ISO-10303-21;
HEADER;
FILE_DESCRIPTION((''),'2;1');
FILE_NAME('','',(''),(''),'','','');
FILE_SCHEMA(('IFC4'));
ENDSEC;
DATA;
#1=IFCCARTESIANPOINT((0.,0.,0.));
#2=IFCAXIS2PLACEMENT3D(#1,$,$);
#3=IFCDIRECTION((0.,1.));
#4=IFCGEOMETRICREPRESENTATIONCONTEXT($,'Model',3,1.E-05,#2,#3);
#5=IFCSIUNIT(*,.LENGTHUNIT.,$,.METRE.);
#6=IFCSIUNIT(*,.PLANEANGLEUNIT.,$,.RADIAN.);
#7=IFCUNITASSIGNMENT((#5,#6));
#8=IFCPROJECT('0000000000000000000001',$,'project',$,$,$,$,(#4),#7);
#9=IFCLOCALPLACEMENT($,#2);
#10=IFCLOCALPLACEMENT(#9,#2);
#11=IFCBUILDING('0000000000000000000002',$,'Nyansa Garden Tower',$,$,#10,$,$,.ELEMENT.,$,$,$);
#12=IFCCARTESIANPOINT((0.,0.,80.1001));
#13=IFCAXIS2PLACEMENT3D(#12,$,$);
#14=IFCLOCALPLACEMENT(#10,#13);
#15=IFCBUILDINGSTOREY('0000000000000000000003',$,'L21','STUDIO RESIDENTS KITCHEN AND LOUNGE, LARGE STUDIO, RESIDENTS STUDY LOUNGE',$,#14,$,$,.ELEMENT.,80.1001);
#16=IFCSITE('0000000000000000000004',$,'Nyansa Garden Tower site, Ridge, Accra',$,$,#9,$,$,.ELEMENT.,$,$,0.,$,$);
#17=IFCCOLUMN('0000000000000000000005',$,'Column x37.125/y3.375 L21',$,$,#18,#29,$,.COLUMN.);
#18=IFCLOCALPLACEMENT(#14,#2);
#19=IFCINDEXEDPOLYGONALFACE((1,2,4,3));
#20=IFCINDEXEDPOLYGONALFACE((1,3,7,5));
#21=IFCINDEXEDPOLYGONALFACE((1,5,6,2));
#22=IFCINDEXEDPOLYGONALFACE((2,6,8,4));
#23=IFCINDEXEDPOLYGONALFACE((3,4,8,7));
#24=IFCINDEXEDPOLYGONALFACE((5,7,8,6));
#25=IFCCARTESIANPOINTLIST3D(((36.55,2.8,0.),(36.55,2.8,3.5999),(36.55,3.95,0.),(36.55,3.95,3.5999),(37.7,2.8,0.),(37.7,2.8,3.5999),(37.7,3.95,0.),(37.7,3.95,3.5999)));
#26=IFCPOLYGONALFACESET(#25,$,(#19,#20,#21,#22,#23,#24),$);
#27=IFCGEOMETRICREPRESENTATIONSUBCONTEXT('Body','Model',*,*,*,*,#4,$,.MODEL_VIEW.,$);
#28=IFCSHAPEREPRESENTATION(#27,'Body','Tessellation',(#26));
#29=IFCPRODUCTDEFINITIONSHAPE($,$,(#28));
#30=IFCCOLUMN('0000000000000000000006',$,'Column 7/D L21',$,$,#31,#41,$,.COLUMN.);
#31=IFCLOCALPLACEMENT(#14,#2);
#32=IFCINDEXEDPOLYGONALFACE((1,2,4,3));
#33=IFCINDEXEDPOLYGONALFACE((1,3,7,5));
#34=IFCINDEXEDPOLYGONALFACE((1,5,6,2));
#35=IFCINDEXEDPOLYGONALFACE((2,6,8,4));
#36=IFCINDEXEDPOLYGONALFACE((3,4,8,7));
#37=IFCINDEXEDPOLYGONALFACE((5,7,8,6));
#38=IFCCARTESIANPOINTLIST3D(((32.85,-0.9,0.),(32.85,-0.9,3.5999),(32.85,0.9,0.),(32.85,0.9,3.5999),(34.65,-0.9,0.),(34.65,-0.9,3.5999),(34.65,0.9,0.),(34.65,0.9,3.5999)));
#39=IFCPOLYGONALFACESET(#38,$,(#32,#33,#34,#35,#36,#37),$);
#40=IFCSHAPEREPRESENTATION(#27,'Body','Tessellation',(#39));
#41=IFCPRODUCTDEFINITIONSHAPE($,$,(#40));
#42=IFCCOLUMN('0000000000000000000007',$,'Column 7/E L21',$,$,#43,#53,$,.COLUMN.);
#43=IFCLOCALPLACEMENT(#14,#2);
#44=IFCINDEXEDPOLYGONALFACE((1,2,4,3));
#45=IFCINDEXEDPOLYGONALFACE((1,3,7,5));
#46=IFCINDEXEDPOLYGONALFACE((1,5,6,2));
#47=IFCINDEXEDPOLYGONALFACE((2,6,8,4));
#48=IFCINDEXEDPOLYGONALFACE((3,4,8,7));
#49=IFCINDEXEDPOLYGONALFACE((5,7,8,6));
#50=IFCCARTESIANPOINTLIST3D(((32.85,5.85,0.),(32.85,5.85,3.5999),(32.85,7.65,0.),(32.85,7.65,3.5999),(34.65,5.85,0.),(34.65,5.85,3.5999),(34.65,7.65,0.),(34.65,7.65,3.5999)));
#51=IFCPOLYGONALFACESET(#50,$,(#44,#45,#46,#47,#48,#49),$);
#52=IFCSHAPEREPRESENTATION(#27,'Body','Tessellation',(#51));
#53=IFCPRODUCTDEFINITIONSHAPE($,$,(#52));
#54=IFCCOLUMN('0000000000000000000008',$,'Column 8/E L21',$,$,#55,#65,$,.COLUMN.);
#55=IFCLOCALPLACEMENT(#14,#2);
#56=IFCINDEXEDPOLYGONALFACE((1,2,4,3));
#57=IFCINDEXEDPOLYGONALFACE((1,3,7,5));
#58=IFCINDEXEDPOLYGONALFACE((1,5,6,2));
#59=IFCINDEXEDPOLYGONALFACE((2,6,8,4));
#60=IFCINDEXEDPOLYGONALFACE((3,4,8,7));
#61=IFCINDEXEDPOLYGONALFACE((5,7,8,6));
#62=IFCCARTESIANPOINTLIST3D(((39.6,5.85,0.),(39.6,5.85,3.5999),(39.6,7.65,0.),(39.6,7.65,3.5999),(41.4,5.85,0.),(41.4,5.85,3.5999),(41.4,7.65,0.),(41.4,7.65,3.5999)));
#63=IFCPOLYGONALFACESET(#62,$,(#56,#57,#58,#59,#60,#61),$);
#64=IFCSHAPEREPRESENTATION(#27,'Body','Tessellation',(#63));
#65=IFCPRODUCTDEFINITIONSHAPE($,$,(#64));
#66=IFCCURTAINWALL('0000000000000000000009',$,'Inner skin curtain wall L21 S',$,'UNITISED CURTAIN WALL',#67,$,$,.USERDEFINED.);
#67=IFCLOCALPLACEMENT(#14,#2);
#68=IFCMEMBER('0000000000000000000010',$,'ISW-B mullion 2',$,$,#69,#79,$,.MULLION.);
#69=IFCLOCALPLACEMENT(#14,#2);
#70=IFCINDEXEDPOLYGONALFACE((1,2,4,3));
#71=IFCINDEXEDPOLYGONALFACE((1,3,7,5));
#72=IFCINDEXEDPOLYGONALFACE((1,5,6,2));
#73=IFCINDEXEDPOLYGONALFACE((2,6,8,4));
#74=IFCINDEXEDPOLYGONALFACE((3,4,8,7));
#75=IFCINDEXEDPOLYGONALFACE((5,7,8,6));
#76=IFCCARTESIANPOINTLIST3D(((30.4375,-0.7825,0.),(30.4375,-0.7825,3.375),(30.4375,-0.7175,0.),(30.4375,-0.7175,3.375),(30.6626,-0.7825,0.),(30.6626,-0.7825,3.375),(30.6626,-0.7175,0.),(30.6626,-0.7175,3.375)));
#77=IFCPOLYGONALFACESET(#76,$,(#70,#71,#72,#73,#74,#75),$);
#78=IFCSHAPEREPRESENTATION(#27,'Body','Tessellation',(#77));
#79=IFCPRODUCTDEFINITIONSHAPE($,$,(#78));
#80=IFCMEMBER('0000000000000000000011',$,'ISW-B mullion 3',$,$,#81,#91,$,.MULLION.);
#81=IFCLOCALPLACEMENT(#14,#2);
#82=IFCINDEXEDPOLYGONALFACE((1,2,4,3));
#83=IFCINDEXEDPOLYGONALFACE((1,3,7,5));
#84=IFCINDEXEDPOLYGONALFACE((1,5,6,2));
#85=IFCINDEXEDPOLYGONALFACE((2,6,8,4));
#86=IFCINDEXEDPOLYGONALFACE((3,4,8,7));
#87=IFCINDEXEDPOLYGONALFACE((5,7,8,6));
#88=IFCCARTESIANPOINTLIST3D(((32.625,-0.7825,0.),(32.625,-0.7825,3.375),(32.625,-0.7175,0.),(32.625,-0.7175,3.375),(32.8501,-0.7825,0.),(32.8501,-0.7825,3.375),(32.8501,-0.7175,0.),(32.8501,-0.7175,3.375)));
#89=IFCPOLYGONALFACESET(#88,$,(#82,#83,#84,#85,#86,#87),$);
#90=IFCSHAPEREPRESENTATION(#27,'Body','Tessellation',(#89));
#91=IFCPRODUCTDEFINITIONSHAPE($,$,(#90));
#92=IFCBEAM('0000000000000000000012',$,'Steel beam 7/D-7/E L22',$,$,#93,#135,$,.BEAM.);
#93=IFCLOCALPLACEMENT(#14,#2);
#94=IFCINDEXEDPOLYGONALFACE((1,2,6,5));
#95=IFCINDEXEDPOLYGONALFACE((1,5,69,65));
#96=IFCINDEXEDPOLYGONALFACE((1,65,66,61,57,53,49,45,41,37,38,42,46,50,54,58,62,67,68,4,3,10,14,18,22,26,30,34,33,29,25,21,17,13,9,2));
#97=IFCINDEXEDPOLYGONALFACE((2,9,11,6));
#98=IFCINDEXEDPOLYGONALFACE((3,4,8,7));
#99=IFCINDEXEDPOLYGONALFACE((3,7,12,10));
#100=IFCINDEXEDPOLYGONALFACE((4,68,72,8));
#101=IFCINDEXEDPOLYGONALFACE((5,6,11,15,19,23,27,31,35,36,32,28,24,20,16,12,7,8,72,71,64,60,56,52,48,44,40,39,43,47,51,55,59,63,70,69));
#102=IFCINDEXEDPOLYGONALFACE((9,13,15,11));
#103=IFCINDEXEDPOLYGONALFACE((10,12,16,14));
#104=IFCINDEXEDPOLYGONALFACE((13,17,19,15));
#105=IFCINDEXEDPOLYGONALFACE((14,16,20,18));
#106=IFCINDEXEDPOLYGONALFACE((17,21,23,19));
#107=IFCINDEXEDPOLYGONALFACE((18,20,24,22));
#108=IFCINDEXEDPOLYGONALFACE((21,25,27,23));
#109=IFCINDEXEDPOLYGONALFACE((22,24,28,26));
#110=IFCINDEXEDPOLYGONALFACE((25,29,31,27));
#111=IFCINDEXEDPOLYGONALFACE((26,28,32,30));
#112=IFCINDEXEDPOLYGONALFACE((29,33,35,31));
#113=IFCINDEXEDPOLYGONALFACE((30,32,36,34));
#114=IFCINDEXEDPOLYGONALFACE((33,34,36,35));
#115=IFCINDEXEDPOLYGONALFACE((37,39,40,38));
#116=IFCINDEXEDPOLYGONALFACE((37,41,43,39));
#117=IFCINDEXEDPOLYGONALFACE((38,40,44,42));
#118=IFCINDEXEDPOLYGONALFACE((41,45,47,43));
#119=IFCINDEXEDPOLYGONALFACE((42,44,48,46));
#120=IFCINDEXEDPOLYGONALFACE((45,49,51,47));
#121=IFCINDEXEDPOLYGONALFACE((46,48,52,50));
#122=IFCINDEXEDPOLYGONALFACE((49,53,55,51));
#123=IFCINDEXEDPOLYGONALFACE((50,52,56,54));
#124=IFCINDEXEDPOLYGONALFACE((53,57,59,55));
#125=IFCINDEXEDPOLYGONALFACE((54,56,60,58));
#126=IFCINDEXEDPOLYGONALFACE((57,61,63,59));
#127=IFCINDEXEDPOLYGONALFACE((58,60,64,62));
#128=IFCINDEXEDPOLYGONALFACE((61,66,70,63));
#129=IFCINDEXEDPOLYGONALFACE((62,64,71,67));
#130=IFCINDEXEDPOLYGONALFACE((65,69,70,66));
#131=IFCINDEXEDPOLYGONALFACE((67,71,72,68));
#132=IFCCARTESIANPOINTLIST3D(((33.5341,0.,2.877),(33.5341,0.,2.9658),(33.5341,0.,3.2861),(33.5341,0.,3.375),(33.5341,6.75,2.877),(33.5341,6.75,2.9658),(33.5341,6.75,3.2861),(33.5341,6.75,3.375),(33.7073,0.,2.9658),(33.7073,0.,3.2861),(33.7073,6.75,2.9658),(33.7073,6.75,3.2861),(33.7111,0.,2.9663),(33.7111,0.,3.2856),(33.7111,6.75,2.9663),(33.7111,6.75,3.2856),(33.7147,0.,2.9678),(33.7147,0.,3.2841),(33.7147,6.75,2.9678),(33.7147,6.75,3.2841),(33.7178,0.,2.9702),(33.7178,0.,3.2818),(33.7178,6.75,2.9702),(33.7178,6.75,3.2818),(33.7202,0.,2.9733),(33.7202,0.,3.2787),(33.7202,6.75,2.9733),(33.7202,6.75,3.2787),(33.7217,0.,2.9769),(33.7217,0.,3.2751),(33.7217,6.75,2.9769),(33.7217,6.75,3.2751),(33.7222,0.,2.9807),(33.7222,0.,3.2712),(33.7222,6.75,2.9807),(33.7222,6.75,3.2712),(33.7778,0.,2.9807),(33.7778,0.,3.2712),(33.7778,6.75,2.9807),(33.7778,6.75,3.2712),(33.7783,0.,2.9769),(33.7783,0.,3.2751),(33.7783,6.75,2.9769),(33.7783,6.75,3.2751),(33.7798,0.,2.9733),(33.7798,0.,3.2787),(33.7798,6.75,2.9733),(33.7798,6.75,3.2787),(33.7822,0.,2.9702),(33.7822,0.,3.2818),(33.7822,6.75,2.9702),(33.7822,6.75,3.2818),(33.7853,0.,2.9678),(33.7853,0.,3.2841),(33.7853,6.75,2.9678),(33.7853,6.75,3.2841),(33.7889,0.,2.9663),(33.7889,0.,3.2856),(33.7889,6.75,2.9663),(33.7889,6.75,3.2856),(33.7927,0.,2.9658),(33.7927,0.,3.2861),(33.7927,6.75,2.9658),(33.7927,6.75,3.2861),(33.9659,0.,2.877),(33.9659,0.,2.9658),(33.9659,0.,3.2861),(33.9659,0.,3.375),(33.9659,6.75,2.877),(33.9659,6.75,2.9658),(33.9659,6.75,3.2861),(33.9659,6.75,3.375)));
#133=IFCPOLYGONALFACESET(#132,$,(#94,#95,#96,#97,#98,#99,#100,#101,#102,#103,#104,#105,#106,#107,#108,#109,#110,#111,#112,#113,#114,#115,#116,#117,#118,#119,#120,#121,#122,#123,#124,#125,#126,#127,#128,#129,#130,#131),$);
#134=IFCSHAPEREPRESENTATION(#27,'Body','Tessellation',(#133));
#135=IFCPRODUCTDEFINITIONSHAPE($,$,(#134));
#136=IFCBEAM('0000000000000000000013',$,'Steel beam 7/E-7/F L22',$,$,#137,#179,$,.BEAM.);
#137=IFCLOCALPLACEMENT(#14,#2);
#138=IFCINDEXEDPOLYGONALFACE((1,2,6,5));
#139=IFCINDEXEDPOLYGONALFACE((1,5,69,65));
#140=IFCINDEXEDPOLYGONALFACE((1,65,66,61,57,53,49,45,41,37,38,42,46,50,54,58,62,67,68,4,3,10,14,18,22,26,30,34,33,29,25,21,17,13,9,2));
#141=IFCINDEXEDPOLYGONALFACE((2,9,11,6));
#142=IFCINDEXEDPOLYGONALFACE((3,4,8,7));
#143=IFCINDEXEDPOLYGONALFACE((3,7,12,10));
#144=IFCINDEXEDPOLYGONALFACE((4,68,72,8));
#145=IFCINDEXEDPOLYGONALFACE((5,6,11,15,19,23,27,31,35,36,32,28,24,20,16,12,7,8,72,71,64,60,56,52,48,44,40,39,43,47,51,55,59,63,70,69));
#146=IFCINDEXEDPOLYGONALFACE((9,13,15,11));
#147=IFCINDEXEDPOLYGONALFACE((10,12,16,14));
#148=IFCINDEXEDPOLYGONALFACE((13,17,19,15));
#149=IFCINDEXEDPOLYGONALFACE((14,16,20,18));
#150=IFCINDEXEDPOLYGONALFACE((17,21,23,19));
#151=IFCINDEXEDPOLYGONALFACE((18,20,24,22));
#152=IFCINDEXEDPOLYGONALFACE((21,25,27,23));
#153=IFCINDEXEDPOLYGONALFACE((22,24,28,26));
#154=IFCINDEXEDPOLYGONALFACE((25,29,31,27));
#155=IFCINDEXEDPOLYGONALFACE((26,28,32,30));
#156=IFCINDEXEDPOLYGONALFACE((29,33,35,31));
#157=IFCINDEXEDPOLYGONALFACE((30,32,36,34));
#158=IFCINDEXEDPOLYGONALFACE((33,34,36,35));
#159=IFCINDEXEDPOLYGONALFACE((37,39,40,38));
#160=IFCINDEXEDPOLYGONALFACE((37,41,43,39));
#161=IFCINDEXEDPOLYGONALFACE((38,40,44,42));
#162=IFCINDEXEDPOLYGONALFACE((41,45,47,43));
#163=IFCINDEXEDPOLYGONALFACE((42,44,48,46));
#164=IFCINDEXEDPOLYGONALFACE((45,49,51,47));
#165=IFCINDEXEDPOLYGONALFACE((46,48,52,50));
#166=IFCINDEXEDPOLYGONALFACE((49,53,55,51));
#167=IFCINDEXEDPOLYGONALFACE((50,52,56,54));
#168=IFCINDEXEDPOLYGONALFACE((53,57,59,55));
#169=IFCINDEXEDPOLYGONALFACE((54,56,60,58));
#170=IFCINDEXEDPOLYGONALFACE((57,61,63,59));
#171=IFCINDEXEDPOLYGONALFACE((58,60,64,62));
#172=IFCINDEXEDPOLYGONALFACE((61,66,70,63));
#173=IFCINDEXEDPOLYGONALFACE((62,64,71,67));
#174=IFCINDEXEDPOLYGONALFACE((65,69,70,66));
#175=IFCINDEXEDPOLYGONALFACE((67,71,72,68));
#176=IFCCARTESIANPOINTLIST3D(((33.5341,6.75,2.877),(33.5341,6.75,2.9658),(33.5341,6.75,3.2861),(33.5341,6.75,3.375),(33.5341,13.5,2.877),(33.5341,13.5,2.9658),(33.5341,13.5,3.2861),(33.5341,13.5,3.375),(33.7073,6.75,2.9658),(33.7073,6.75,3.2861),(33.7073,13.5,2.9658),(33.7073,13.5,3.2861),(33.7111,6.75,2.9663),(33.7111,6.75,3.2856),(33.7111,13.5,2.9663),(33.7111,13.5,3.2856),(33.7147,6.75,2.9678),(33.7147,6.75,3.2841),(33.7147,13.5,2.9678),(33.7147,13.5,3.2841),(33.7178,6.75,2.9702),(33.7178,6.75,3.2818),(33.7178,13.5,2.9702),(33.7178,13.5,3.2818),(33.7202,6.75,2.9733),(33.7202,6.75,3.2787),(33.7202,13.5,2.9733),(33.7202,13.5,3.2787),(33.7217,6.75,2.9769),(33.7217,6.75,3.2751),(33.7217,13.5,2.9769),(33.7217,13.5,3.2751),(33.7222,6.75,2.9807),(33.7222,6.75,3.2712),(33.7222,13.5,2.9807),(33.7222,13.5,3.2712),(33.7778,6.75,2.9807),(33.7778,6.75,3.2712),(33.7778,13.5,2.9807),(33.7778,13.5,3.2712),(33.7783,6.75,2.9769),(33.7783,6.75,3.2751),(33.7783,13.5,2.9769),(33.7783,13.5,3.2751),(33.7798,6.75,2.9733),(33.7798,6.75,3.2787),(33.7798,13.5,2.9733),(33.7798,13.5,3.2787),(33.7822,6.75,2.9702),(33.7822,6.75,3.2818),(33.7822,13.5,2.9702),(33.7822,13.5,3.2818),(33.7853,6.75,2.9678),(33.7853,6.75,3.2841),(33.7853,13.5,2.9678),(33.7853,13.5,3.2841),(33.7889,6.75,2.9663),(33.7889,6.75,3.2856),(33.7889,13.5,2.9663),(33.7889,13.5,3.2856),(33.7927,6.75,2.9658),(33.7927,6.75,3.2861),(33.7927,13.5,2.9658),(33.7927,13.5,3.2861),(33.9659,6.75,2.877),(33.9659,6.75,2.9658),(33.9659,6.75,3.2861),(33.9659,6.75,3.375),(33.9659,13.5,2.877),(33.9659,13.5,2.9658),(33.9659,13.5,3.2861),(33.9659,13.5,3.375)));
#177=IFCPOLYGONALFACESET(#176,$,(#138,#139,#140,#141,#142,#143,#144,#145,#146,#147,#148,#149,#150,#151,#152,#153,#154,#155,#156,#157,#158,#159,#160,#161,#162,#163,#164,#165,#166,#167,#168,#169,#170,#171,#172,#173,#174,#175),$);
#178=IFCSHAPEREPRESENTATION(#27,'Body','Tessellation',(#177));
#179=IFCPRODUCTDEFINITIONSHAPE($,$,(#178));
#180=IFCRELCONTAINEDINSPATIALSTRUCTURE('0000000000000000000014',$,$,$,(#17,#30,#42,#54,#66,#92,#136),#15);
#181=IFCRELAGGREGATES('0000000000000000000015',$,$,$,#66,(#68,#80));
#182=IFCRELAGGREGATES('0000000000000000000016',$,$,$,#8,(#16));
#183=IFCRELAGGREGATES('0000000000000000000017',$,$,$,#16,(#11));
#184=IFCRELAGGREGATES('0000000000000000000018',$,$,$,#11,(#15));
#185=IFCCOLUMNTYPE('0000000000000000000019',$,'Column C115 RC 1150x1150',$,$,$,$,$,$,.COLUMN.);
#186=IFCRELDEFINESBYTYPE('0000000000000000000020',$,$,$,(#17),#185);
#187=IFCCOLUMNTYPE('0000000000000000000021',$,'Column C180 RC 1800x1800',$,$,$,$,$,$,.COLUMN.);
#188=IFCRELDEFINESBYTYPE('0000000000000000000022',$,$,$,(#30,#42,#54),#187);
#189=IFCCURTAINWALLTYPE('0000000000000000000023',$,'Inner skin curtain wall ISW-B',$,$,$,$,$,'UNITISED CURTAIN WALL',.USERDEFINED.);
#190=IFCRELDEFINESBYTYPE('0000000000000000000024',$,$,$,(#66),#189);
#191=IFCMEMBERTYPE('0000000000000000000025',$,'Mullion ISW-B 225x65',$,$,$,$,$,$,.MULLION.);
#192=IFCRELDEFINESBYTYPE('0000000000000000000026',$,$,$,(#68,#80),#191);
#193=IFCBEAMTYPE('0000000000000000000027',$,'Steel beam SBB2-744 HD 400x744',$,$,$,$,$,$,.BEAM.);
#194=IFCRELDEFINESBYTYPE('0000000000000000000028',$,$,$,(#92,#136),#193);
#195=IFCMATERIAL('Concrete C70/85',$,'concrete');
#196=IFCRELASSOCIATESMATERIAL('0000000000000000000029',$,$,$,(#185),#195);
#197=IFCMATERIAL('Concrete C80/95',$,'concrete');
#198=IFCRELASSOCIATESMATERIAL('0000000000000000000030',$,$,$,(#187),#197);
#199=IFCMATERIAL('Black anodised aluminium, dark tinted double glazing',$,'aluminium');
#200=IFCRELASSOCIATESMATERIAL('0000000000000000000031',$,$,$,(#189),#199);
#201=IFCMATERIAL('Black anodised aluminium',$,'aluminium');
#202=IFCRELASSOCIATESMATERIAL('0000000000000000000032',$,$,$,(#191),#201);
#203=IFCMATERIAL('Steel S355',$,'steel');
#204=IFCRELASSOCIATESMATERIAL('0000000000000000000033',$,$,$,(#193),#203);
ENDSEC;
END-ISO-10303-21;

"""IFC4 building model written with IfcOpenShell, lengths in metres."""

from ifc_helpers import new_model, si_unit, direction, frame, origin, origin_2d, place, context, subcontext, project, spatial, rectangle, i_section, extrude, material, material_profile, profile_set, type_object, element, aggregate, save


model = new_model("IFC4")

# Units and contexts
model_context = context("Model", 3, precision=1e-05, world=origin(), true_north=direction((0.0, 1.0)))
body_context = subcontext(model_context, "Body", "Model", "MODEL_VIEW")
ifc_project = project(units=[si_unit("LENGTHUNIT", "METRE"), si_unit("PLANEANGLEUNIT", "RADIAN")], contexts=[model_context])

# Site, building, storey
site_placement = place(None, origin())
site = spatial("IfcSite", under=ifc_project, at=site_placement, Name="Nyansa Garden Tower site, Ridge, Accra", CompositionType="ELEMENT", RefElevation=0.0)
building_placement = place(site_placement, origin())
building = spatial("IfcBuilding", under=site, at=building_placement, Name="Nyansa Garden Tower", CompositionType="ELEMENT")
storey_placement = place(building_placement, frame((0.0, 0.0, 80.1001)))
storey = spatial("IfcBuildingStorey", under=building, at=storey_placement, Name="L21", Description="STUDIO RESIDENTS KITCHEN AND LOUNGE, LARGE STUDIO, RESIDENTS STUDY LOUNGE", CompositionType="ELEMENT", Elevation=80.1001)

# Columns
ifc_material_1 = material(Name="Concrete C70/85", Category="concrete")
ifc_material_profile_1 = material_profile(ifc_material_1, rectangle(XDim=1.1499, YDim=1.1499, at=origin_2d()), Name="RC 1150x1150")
ifc_profile_set_1 = profile_set([ifc_material_profile_1], Name="Concrete C70/85")
column_type_1 = type_object("IfcColumnType", Name="Column C115 RC 1150x1150", PredefinedType="COLUMN", material=ifc_profile_set_1)
column_placement = place(storey_placement, frame((37.125, 3.375, 0.0), z_axis=(0.0, 0.0, 1.0), x_axis=(1.0, 0.0, 0.0)))
element("IfcColumn", 1, at=column_placement, inside=storey, type_object=column_type_1, Name="Column x37.125/y3.375 L21", PredefinedType="COLUMN", context=body_context, shape_type="SweptSolid", body=[
    extrude(rectangle(XDim=1.1499, YDim=1.1499, at=origin_2d()), origin(), (0.0, 0.0, 1.0), 3.5999),
])
ifc_material_2 = material(Name="Concrete C80/95", Category="concrete")
ifc_material_profile_2 = material_profile(ifc_material_2, rectangle(XDim=1.8, YDim=1.8, at=origin_2d()), Name="RC 1800x1800")
ifc_profile_set_2 = profile_set([ifc_material_profile_2], Name="Concrete C80/95")
column_type_2 = type_object("IfcColumnType", Name="Column C180 RC 1800x1800", PredefinedType="COLUMN", material=ifc_profile_set_2)
for number, where, z_axis, x_axis, name in (
    (2, (33.75, 0.0, 0.0), (0.0, 0.0, 1.0), (1.0, 0.0, 0.0), "Column 7/D L21"),
    (3, (33.75, 6.75, 0.0), (0.0, 0.0, 1.0), (1.0, 0.0, 0.0), "Column 7/E L21"),
    (4, (40.5, 6.75, 0.0), (0.0, 0.0, 1.0), (1.0, 0.0, 0.0), "Column 8/E L21"),
):
    element("IfcColumn", number, at=place(storey_placement, frame(where, z_axis=z_axis, x_axis=x_axis)), inside=storey, type_object=column_type_2, Name=name, PredefinedType="COLUMN", context=body_context, shape_type="SweptSolid", body=[
        extrude(rectangle(XDim=1.8, YDim=1.8, at=origin_2d()), origin(), (0.0, 0.0, 1.0), 3.5999),
    ])

# Curtain wall, members
ifc_material_3 = material(Name="Black anodised aluminium, dark tinted double glazing", Category="aluminium")
curtain_wall_type = type_object("IfcCurtainWallType", Name="Inner skin curtain wall ISW-B", ElementType="UNITISED CURTAIN WALL", PredefinedType="USERDEFINED", material=ifc_material_3)
curtain_wall_placement = place(storey_placement, origin())
curtain_wall = element("IfcCurtainWall", 5, at=curtain_wall_placement, inside=storey, type_object=curtain_wall_type, Name="Inner skin curtain wall L21 S", ObjectType="UNITISED CURTAIN WALL", PredefinedType="USERDEFINED")
ifc_material_4 = material(Name="Black anodised aluminium", Category="aluminium")
ifc_material_profile_3 = material_profile(ifc_material_4, rectangle(XDim=0.0649, YDim=0.2251, at=origin_2d()), Name="Mullion 225x65")
ifc_profile_set_3 = profile_set([ifc_material_profile_3], Name="Black anodised aluminium")
member_type_1 = type_object("IfcMemberType", Name="Mullion ISW-B 225x65", PredefinedType="MULLION", material=ifc_profile_set_3)
member_1_placement = place(storey_placement, frame((30.55, -0.75, 0.0), z_axis=(0.0, 0.0, 1.0), x_axis=(0.0, 1.0, 0.0)))
member_1 = element("IfcMember", 6, at=member_1_placement, type_object=member_type_1, Name="ISW-B mullion 2", PredefinedType="MULLION", context=body_context, shape_type="SweptSolid", body=[
    extrude(rectangle(XDim=0.0649, YDim=0.2251, at=origin_2d()), origin(), (0.0, 0.0, 1.0), 3.375),
])
member_2_placement = place(storey_placement, frame((32.7375, -0.75, 0.0), z_axis=(0.0, 0.0, 1.0), x_axis=(0.0, 1.0, 0.0)))
member_2 = element("IfcMember", 7, at=member_2_placement, type_object=member_type_1, Name="ISW-B mullion 3", PredefinedType="MULLION", context=body_context, shape_type="SweptSolid", body=[
    extrude(rectangle(XDim=0.0649, YDim=0.2251, at=origin_2d()), origin(), (0.0, 0.0, 1.0), 3.375),
])

# Beams
ifc_material_5 = material(Name="Steel S355", Category="steel")
ifc_material_profile_4 = material_profile(ifc_material_5, i_section(OverallWidth=0.4319, OverallDepth=0.498, WebThickness=0.0557, FlangeThickness=0.0889, FilletRadius=0.0149, at=origin_2d()), Name="HD 400x744")
ifc_profile_set_4 = profile_set([ifc_material_profile_4], Name="Steel S355")
beam_type_1 = type_object("IfcBeamType", Name="Steel beam SBB2-744 HD 400x744", PredefinedType="BEAM", material=ifc_profile_set_4)
for number, where, z_axis, x_axis, name in (
    (8, (33.75, 0.0, 3.126), (0.0, 1.0, 0.0), (-1.0, 0.0, 0.0), "Steel beam 7/D-7/E L22"),
    (9, (33.75, 6.75, 3.126), (0.0, 1.0, 0.0), (-1.0, 0.0, 0.0), "Steel beam 7/E-7/F L22"),
):
    element("IfcBeam", number, at=place(storey_placement, frame(where, z_axis=z_axis, x_axis=x_axis)), inside=storey, type_object=beam_type_1, Name=name, PredefinedType="BEAM", context=body_context, shape_type="SweptSolid", body=[
        extrude(i_section(OverallWidth=0.4319, OverallDepth=0.498, WebThickness=0.0557, FlangeThickness=0.0889, FilletRadius=0.0149, at=origin_2d()), origin(), (0.0, 0.0, 1.0), 6.75),
    ])

aggregate(curtain_wall, [member_1, member_2])

save(model, "model.ifc")
